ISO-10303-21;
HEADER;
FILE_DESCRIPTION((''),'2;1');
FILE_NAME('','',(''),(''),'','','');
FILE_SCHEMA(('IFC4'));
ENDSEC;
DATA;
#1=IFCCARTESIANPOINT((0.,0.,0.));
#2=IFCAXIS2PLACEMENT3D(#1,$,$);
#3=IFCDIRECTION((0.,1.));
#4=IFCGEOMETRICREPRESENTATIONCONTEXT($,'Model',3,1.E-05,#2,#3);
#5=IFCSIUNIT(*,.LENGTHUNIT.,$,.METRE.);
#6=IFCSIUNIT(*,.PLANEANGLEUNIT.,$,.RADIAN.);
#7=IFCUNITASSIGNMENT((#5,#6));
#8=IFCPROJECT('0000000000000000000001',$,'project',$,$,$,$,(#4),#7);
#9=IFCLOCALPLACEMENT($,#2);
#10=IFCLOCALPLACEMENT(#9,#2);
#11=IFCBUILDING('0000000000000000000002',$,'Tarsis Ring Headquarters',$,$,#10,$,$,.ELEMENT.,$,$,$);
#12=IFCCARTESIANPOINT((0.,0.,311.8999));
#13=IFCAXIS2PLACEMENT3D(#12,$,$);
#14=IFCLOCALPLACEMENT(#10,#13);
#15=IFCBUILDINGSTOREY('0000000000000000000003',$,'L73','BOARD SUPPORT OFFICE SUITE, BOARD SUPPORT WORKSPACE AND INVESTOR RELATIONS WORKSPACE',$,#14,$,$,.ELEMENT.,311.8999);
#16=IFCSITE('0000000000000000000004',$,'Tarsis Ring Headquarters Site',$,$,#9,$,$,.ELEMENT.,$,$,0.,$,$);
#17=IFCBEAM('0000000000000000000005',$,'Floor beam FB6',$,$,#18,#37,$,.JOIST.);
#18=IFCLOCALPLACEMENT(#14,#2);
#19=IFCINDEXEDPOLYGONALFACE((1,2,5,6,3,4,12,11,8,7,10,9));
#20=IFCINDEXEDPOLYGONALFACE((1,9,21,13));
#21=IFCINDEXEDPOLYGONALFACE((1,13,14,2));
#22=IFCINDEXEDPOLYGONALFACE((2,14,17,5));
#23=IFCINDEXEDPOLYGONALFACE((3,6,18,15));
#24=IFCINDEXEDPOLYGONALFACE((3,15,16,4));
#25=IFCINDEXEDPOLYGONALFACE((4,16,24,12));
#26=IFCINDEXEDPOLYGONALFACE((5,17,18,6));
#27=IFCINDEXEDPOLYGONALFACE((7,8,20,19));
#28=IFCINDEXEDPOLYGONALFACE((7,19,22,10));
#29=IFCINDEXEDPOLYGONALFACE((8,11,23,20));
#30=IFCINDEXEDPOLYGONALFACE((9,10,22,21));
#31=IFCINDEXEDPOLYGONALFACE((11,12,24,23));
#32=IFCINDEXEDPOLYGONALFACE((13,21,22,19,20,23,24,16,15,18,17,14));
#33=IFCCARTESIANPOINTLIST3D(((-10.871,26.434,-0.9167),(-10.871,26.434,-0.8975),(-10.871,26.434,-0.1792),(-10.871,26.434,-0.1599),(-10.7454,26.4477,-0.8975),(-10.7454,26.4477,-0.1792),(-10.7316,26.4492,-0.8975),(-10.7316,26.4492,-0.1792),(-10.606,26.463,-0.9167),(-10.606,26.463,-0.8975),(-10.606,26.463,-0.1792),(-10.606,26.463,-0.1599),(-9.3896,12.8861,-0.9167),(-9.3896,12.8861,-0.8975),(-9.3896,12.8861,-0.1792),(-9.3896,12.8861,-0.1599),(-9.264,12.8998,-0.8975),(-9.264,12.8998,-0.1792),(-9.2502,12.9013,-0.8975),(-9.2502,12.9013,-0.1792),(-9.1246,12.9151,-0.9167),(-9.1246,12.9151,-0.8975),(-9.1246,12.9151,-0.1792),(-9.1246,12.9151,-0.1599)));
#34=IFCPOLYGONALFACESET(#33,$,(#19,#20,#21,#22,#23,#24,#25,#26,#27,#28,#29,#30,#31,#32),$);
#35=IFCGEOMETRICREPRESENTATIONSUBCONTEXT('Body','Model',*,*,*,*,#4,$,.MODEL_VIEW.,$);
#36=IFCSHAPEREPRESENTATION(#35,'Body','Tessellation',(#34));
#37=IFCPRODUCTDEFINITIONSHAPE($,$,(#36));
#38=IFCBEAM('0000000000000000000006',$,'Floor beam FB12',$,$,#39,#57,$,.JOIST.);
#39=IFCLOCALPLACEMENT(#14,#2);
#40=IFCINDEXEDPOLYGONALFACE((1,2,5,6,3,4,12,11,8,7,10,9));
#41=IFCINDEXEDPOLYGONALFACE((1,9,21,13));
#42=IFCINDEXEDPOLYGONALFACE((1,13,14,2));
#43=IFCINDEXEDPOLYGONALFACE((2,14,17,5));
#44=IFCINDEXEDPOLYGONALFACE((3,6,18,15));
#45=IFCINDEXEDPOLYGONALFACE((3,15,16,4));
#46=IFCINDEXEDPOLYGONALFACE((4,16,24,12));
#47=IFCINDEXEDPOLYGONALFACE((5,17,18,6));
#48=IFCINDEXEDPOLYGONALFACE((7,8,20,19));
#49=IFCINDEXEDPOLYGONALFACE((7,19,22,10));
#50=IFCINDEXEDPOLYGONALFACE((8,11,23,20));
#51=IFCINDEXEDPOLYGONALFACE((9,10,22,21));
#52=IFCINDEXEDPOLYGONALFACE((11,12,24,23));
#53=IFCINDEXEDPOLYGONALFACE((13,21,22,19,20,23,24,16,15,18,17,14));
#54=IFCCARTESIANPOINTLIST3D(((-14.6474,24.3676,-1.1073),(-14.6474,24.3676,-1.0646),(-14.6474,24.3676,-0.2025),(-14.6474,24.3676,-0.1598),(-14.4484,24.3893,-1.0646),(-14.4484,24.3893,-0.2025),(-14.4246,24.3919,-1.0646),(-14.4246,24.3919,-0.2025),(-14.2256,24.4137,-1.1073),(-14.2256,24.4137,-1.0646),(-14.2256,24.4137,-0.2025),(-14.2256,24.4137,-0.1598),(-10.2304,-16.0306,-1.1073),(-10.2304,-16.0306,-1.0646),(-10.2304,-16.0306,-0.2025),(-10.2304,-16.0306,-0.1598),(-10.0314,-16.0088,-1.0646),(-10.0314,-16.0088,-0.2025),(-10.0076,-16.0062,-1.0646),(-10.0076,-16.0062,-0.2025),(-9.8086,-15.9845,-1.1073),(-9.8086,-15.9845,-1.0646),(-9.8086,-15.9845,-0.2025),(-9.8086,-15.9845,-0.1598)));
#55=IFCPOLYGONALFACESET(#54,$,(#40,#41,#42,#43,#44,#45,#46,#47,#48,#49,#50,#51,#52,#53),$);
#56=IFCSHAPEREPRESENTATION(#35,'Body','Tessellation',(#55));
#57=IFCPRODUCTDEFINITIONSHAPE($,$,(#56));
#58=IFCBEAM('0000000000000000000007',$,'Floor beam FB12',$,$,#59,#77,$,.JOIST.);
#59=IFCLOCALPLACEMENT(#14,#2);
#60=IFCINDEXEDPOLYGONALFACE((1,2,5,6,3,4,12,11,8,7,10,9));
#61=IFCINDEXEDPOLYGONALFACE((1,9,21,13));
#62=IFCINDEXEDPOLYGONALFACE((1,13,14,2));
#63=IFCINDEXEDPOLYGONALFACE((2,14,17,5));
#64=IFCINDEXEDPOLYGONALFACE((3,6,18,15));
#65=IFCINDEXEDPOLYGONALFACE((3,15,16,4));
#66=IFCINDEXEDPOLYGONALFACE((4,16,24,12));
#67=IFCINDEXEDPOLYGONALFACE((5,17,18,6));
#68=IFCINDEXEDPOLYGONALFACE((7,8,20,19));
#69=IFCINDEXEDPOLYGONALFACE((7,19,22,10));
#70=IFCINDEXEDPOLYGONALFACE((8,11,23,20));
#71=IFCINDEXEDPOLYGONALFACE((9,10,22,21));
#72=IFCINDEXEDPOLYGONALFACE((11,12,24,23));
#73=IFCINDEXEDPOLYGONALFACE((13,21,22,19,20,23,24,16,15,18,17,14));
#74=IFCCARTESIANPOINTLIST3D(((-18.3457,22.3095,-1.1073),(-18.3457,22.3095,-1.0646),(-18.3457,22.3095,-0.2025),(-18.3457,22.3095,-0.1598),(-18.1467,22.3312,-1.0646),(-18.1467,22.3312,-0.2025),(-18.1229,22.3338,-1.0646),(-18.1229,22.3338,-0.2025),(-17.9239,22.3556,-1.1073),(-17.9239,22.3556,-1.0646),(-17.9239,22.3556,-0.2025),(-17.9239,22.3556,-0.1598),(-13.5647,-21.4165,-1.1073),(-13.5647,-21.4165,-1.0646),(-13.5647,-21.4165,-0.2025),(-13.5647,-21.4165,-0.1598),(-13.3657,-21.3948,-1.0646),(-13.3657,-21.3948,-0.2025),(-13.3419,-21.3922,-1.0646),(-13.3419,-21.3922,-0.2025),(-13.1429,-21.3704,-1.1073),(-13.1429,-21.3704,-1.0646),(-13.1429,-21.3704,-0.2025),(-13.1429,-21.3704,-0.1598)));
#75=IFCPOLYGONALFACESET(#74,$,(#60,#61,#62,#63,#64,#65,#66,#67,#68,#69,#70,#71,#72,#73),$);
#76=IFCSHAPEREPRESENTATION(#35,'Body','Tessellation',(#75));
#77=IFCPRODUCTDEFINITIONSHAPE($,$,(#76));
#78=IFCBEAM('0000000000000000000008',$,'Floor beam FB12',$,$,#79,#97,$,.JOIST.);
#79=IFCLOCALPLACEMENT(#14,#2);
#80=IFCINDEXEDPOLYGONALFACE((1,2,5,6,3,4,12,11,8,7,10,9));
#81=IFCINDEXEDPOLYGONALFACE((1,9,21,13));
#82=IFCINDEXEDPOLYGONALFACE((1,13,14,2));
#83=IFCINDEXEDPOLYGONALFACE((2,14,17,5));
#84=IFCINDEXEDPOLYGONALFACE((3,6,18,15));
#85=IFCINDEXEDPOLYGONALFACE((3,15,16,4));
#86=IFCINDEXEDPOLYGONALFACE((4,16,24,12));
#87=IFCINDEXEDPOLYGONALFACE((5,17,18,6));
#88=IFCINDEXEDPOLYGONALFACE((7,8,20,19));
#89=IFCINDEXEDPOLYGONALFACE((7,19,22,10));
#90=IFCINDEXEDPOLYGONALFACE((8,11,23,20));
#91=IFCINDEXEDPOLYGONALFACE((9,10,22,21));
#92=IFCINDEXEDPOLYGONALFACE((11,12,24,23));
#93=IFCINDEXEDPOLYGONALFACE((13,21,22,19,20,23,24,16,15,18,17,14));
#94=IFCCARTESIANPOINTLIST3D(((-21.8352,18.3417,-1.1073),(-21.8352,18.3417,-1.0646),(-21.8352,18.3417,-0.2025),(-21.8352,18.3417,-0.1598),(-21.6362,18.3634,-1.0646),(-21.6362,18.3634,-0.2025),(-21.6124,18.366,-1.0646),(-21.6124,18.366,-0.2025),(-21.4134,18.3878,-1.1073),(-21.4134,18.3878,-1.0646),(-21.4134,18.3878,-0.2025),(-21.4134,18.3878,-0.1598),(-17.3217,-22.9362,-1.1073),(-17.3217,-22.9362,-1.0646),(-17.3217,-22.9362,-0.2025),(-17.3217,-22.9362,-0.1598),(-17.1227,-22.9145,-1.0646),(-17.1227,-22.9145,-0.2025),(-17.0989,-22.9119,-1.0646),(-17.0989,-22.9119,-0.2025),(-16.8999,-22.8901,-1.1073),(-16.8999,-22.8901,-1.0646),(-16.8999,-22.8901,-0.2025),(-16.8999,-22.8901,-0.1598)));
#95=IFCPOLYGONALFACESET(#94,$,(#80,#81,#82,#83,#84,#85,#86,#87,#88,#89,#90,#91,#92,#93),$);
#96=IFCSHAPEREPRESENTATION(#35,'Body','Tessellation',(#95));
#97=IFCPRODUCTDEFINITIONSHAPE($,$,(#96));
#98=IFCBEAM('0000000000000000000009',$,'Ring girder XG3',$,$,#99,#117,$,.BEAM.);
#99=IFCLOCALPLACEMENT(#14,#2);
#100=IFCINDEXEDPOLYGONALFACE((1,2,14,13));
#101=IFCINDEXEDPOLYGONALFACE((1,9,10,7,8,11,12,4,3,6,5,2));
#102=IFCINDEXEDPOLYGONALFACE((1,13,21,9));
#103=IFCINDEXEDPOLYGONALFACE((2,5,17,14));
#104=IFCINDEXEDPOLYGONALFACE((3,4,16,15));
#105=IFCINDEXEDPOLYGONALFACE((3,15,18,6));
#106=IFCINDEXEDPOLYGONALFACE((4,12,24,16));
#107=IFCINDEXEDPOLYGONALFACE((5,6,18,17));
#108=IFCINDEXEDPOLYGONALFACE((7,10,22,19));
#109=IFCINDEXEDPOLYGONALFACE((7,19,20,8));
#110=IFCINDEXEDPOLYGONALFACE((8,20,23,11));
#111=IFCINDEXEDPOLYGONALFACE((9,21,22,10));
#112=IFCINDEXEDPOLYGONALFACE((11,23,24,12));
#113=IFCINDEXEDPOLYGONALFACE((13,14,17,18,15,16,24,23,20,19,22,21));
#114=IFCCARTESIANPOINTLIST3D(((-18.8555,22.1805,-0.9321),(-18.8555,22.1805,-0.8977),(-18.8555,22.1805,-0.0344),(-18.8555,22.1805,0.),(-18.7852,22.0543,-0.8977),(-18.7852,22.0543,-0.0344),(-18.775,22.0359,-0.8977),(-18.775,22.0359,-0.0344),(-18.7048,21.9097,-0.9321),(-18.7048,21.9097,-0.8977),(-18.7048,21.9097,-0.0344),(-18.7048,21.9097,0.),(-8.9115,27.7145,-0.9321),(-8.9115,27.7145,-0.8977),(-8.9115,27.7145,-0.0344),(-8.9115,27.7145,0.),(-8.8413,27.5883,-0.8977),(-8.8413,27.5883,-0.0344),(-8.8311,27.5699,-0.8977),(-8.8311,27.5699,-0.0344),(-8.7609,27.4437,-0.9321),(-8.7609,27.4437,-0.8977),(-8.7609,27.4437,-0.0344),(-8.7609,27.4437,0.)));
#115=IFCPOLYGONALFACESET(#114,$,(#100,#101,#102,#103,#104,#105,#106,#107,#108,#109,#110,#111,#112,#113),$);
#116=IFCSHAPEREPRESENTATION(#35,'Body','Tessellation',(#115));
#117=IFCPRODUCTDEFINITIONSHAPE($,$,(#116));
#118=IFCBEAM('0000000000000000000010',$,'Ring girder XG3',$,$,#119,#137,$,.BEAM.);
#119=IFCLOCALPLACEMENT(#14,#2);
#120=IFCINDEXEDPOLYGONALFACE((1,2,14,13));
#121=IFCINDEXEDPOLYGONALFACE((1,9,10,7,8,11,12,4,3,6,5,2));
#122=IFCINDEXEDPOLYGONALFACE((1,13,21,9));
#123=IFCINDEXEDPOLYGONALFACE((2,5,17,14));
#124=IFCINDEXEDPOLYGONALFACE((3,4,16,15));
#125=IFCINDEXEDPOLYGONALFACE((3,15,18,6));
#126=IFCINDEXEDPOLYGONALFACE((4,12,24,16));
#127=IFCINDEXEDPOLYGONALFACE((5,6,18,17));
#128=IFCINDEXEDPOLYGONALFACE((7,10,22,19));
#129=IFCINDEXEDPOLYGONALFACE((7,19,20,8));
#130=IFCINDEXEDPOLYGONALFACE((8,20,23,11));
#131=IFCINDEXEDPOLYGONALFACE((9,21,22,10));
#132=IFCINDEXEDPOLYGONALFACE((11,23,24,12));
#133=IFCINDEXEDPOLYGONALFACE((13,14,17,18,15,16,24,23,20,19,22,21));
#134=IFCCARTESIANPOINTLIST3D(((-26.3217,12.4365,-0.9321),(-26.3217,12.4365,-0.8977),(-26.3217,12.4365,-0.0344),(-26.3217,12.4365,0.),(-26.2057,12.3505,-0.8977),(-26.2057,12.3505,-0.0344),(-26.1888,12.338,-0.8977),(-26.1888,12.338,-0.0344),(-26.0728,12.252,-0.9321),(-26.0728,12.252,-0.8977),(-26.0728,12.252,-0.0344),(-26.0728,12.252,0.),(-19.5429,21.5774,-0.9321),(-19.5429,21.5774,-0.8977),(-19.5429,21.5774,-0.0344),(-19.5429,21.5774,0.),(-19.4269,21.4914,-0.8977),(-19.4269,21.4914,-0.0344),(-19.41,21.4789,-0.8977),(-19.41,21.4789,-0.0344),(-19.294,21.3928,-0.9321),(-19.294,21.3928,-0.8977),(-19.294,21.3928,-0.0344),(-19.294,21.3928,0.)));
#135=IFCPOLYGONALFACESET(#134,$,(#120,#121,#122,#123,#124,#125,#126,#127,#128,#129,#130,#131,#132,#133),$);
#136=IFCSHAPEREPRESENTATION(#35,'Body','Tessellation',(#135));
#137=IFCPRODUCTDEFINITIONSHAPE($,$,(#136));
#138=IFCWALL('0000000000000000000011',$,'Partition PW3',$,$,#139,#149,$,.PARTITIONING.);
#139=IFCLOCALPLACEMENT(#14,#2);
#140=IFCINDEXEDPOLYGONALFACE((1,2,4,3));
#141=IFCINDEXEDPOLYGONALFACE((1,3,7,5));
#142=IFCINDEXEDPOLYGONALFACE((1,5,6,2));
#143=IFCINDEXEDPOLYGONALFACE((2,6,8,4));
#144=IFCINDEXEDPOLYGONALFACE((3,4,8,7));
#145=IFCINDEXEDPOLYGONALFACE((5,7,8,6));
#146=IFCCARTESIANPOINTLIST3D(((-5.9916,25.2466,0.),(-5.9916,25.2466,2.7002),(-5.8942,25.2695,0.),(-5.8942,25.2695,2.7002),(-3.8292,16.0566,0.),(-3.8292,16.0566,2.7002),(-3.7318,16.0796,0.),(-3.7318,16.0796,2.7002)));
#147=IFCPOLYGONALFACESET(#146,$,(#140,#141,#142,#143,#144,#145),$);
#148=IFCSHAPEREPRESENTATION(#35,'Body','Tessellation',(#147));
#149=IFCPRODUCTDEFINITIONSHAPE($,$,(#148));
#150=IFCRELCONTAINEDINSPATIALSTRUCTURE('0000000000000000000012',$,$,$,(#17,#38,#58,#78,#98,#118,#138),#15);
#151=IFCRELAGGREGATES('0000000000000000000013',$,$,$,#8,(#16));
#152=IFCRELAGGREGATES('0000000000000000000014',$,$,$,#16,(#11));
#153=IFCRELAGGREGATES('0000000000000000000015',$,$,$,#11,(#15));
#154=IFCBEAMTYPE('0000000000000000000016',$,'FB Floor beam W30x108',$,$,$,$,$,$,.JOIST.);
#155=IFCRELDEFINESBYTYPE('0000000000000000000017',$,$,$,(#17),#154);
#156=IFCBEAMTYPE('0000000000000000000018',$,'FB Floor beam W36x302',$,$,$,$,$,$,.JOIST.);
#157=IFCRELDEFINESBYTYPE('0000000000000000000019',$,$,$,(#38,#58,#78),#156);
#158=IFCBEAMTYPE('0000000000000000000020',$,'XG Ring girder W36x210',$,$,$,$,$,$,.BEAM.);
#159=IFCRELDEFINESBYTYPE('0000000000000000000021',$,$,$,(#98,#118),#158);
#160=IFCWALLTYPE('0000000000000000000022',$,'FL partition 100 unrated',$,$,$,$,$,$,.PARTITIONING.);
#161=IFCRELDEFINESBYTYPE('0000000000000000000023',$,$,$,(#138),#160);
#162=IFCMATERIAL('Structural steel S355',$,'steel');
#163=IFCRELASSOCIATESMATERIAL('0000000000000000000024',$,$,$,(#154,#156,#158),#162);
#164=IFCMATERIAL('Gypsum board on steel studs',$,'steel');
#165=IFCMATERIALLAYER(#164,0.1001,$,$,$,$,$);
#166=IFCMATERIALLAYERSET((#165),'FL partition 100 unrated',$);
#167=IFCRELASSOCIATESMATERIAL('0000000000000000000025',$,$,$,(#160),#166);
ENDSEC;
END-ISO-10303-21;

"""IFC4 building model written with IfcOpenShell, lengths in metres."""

from ifc_helpers import new_model, si_unit, direction, frame, frame_2d, origin, origin_2d, place, context, subcontext, project, spatial, rectangle, i_section, extrude, material, layer, layer_set, material_profile, profile_set, type_object, element, save


model = new_model("IFC4")

# Units and contexts
model_context = context("Model", 3, precision=1e-05, world=origin(), true_north=direction((0.0, 1.0)))
body_context = subcontext(model_context, "Body", "Model", "MODEL_VIEW")
ifc_project = project(units=[si_unit("LENGTHUNIT", "METRE"), si_unit("PLANEANGLEUNIT", "RADIAN")], contexts=[model_context])

# Site, building, storey
site_placement = place(None, origin())
site = spatial("IfcSite", under=ifc_project, at=site_placement, Name="Tarsis Ring Headquarters Site", CompositionType="ELEMENT", RefElevation=0.0)
building_placement = place(site_placement, origin())
building = spatial("IfcBuilding", under=site, at=building_placement, Name="Tarsis Ring Headquarters", CompositionType="ELEMENT")
storey_placement = place(building_placement, frame((0.0, 0.0, 311.8999)))
storey = spatial("IfcBuildingStorey", under=building, at=storey_placement, Name="L73", Description="BOARD SUPPORT OFFICE SUITE, BOARD SUPPORT WORKSPACE AND INVESTOR RELATIONS WORKSPACE", CompositionType="ELEMENT", Elevation=311.8999)

# Shared definitions
ifc_material_1 = material(Name="Structural steel S355", Category="steel")

# Beams
ifc_material_profile_1 = material_profile(ifc_material_1, i_section(OverallWidth=0.2666, OverallDepth=0.7568, WebThickness=0.0139, FlangeThickness=0.0193, at=origin_2d()), Name="W30x108")
ifc_profile_set_1 = profile_set([ifc_material_profile_1], Name="Structural steel S355")
beam_type_1 = type_object("IfcBeamType", Name="FB Floor beam W30x108", PredefinedType="JOIST", material=ifc_profile_set_1)
beam_1_placement = place(storey_placement, frame((-10.7385, 26.4485, -0.5383), z_axis=(0.108701, -0.994074, 0.0), x_axis=(0.994074, 0.108701, 0.0)))
element("IfcBeam", 1, at=beam_1_placement, inside=storey, type_object=beam_type_1, Name="Floor beam FB6", PredefinedType="JOIST", context=body_context, shape_type="SweptSolid", body=[
    extrude(i_section(OverallWidth=0.2666, OverallDepth=0.7568, WebThickness=0.0139, FlangeThickness=0.0193, at=origin_2d()), origin(), (0.0, 0.0, 1.0), 13.6287),
])
ifc_material_profile_2 = material_profile(ifc_material_1, i_section(OverallWidth=0.4243, OverallDepth=0.9475, WebThickness=0.0239, FlangeThickness=0.0427, at=origin_2d()), Name="W36x302")
ifc_profile_set_2 = profile_set([ifc_material_profile_2], Name="Structural steel S355")
beam_type_2 = type_object("IfcBeamType", Name="FB Floor beam W36x302", PredefinedType="JOIST", material=ifc_profile_set_2)
beam_2_placement = place(storey_placement, frame((-14.4365, 24.3906, -0.6335), z_axis=(0.108689, -0.994076, 0.0), x_axis=(0.994076, 0.108689, 0.0)))
element("IfcBeam", 2, at=beam_2_placement, inside=storey, type_object=beam_type_2, Name="Floor beam FB12", PredefinedType="JOIST", context=body_context, shape_type="SweptSolid", body=[
    extrude(i_section(OverallWidth=0.4243, OverallDepth=0.9475, WebThickness=0.0239, FlangeThickness=0.0427, at=origin_2d()), origin(), (0.0, 0.0, 1.0), 40.6389),
])
beam_3_placement = place(storey_placement, frame((-18.1348, 22.3325, -0.6335), z_axis=(0.108692, -0.994075, 0.0), x_axis=(0.994075, 0.108692, 0.0)))
element("IfcBeam", 3, at=beam_3_placement, inside=storey, type_object=beam_type_2, Name="Floor beam FB12", PredefinedType="JOIST", context=body_context, shape_type="SweptSolid", body=[
    extrude(i_section(OverallWidth=0.4243, OverallDepth=0.9475, WebThickness=0.0239, FlangeThickness=0.0427, at=origin_2d()), origin(), (0.0, 0.0, 1.0), 43.9866),
])
beam_4_placement = place(storey_placement, frame((-21.6243, 18.3647, -0.6335), z_axis=(0.108695, -0.994075, 0.0), x_axis=(0.994075, 0.108695, 0.0)))
element("IfcBeam", 4, at=beam_4_placement, inside=storey, type_object=beam_type_2, Name="Floor beam FB12", PredefinedType="JOIST", context=body_context, shape_type="SweptSolid", body=[
    extrude(i_section(OverallWidth=0.4243, OverallDepth=0.9475, WebThickness=0.0239, FlangeThickness=0.0427, at=origin_2d()), origin(), (0.0, 0.0, 1.0), 41.5239),
])
ifc_material_profile_3 = material_profile(ifc_material_1, i_section(OverallWidth=0.3098, OverallDepth=0.9321, WebThickness=0.021, FlangeThickness=0.0344, at=origin_2d()), Name="W36x210")
ifc_profile_set_3 = profile_set([ifc_material_profile_3], Name="Structural steel S355")
beam_type_3 = type_object("IfcBeamType", Name="XG Ring girder W36x210", PredefinedType="BEAM", material=ifc_profile_set_3)
for number, where, z_axis, x_axis, name in (
    (5, (-8.8362, 27.5791, -0.4661), (-0.8738, -0.486286, 0.0), (0.486286, -0.8738, 0.0), "Ring girder XG3"),
    (6, (-19.4185, 21.4851, -0.4661), (-0.59567, -0.803229, 0.0), (0.803229, -0.59567, 0.0), "Ring girder XG3"),
):
    element("IfcBeam", number, at=place(storey_placement, frame(where, z_axis=z_axis, x_axis=x_axis)), inside=storey, type_object=beam_type_3, Name=name, PredefinedType="BEAM", context=body_context, shape_type="SweptSolid", body=[
        extrude(i_section(OverallWidth=0.3098, OverallDepth=0.9321, WebThickness=0.021, FlangeThickness=0.0344, at=origin_2d()), origin(), (0.0, 0.0, 1.0), 11.3801),
    ])

# Wall
ifc_material_2 = material(Name="Gypsum board on steel studs", Category="steel")
ifc_layer_1 = layer(ifc_material_2, 0.1001)
ifc_layer_set_1 = layer_set([ifc_layer_1], Name="FL partition 100 unrated")
wall_type_1 = type_object("IfcWallType", Name="FL partition 100 unrated", PredefinedType="PARTITIONING", material=ifc_layer_set_1)
wall_1_placement = place(storey_placement, frame((-5.9429, 25.2581, 0.0), z_axis=(0.0, 0.0, 1.0), x_axis=(0.229041, -0.973417, 0.0)))
element("IfcWall", 7, at=wall_1_placement, inside=storey, type_object=wall_type_1, Name="Partition PW3", PredefinedType="PARTITIONING", context=body_context, shape_type="SweptSolid", body=[
    extrude(rectangle(XDim=9.4409, YDim=0.1001, at=frame_2d((4.7205, 0.0))), origin(), (0.0, 0.0, 1.0), 2.7002),
])

save(model, "model.ifc")
